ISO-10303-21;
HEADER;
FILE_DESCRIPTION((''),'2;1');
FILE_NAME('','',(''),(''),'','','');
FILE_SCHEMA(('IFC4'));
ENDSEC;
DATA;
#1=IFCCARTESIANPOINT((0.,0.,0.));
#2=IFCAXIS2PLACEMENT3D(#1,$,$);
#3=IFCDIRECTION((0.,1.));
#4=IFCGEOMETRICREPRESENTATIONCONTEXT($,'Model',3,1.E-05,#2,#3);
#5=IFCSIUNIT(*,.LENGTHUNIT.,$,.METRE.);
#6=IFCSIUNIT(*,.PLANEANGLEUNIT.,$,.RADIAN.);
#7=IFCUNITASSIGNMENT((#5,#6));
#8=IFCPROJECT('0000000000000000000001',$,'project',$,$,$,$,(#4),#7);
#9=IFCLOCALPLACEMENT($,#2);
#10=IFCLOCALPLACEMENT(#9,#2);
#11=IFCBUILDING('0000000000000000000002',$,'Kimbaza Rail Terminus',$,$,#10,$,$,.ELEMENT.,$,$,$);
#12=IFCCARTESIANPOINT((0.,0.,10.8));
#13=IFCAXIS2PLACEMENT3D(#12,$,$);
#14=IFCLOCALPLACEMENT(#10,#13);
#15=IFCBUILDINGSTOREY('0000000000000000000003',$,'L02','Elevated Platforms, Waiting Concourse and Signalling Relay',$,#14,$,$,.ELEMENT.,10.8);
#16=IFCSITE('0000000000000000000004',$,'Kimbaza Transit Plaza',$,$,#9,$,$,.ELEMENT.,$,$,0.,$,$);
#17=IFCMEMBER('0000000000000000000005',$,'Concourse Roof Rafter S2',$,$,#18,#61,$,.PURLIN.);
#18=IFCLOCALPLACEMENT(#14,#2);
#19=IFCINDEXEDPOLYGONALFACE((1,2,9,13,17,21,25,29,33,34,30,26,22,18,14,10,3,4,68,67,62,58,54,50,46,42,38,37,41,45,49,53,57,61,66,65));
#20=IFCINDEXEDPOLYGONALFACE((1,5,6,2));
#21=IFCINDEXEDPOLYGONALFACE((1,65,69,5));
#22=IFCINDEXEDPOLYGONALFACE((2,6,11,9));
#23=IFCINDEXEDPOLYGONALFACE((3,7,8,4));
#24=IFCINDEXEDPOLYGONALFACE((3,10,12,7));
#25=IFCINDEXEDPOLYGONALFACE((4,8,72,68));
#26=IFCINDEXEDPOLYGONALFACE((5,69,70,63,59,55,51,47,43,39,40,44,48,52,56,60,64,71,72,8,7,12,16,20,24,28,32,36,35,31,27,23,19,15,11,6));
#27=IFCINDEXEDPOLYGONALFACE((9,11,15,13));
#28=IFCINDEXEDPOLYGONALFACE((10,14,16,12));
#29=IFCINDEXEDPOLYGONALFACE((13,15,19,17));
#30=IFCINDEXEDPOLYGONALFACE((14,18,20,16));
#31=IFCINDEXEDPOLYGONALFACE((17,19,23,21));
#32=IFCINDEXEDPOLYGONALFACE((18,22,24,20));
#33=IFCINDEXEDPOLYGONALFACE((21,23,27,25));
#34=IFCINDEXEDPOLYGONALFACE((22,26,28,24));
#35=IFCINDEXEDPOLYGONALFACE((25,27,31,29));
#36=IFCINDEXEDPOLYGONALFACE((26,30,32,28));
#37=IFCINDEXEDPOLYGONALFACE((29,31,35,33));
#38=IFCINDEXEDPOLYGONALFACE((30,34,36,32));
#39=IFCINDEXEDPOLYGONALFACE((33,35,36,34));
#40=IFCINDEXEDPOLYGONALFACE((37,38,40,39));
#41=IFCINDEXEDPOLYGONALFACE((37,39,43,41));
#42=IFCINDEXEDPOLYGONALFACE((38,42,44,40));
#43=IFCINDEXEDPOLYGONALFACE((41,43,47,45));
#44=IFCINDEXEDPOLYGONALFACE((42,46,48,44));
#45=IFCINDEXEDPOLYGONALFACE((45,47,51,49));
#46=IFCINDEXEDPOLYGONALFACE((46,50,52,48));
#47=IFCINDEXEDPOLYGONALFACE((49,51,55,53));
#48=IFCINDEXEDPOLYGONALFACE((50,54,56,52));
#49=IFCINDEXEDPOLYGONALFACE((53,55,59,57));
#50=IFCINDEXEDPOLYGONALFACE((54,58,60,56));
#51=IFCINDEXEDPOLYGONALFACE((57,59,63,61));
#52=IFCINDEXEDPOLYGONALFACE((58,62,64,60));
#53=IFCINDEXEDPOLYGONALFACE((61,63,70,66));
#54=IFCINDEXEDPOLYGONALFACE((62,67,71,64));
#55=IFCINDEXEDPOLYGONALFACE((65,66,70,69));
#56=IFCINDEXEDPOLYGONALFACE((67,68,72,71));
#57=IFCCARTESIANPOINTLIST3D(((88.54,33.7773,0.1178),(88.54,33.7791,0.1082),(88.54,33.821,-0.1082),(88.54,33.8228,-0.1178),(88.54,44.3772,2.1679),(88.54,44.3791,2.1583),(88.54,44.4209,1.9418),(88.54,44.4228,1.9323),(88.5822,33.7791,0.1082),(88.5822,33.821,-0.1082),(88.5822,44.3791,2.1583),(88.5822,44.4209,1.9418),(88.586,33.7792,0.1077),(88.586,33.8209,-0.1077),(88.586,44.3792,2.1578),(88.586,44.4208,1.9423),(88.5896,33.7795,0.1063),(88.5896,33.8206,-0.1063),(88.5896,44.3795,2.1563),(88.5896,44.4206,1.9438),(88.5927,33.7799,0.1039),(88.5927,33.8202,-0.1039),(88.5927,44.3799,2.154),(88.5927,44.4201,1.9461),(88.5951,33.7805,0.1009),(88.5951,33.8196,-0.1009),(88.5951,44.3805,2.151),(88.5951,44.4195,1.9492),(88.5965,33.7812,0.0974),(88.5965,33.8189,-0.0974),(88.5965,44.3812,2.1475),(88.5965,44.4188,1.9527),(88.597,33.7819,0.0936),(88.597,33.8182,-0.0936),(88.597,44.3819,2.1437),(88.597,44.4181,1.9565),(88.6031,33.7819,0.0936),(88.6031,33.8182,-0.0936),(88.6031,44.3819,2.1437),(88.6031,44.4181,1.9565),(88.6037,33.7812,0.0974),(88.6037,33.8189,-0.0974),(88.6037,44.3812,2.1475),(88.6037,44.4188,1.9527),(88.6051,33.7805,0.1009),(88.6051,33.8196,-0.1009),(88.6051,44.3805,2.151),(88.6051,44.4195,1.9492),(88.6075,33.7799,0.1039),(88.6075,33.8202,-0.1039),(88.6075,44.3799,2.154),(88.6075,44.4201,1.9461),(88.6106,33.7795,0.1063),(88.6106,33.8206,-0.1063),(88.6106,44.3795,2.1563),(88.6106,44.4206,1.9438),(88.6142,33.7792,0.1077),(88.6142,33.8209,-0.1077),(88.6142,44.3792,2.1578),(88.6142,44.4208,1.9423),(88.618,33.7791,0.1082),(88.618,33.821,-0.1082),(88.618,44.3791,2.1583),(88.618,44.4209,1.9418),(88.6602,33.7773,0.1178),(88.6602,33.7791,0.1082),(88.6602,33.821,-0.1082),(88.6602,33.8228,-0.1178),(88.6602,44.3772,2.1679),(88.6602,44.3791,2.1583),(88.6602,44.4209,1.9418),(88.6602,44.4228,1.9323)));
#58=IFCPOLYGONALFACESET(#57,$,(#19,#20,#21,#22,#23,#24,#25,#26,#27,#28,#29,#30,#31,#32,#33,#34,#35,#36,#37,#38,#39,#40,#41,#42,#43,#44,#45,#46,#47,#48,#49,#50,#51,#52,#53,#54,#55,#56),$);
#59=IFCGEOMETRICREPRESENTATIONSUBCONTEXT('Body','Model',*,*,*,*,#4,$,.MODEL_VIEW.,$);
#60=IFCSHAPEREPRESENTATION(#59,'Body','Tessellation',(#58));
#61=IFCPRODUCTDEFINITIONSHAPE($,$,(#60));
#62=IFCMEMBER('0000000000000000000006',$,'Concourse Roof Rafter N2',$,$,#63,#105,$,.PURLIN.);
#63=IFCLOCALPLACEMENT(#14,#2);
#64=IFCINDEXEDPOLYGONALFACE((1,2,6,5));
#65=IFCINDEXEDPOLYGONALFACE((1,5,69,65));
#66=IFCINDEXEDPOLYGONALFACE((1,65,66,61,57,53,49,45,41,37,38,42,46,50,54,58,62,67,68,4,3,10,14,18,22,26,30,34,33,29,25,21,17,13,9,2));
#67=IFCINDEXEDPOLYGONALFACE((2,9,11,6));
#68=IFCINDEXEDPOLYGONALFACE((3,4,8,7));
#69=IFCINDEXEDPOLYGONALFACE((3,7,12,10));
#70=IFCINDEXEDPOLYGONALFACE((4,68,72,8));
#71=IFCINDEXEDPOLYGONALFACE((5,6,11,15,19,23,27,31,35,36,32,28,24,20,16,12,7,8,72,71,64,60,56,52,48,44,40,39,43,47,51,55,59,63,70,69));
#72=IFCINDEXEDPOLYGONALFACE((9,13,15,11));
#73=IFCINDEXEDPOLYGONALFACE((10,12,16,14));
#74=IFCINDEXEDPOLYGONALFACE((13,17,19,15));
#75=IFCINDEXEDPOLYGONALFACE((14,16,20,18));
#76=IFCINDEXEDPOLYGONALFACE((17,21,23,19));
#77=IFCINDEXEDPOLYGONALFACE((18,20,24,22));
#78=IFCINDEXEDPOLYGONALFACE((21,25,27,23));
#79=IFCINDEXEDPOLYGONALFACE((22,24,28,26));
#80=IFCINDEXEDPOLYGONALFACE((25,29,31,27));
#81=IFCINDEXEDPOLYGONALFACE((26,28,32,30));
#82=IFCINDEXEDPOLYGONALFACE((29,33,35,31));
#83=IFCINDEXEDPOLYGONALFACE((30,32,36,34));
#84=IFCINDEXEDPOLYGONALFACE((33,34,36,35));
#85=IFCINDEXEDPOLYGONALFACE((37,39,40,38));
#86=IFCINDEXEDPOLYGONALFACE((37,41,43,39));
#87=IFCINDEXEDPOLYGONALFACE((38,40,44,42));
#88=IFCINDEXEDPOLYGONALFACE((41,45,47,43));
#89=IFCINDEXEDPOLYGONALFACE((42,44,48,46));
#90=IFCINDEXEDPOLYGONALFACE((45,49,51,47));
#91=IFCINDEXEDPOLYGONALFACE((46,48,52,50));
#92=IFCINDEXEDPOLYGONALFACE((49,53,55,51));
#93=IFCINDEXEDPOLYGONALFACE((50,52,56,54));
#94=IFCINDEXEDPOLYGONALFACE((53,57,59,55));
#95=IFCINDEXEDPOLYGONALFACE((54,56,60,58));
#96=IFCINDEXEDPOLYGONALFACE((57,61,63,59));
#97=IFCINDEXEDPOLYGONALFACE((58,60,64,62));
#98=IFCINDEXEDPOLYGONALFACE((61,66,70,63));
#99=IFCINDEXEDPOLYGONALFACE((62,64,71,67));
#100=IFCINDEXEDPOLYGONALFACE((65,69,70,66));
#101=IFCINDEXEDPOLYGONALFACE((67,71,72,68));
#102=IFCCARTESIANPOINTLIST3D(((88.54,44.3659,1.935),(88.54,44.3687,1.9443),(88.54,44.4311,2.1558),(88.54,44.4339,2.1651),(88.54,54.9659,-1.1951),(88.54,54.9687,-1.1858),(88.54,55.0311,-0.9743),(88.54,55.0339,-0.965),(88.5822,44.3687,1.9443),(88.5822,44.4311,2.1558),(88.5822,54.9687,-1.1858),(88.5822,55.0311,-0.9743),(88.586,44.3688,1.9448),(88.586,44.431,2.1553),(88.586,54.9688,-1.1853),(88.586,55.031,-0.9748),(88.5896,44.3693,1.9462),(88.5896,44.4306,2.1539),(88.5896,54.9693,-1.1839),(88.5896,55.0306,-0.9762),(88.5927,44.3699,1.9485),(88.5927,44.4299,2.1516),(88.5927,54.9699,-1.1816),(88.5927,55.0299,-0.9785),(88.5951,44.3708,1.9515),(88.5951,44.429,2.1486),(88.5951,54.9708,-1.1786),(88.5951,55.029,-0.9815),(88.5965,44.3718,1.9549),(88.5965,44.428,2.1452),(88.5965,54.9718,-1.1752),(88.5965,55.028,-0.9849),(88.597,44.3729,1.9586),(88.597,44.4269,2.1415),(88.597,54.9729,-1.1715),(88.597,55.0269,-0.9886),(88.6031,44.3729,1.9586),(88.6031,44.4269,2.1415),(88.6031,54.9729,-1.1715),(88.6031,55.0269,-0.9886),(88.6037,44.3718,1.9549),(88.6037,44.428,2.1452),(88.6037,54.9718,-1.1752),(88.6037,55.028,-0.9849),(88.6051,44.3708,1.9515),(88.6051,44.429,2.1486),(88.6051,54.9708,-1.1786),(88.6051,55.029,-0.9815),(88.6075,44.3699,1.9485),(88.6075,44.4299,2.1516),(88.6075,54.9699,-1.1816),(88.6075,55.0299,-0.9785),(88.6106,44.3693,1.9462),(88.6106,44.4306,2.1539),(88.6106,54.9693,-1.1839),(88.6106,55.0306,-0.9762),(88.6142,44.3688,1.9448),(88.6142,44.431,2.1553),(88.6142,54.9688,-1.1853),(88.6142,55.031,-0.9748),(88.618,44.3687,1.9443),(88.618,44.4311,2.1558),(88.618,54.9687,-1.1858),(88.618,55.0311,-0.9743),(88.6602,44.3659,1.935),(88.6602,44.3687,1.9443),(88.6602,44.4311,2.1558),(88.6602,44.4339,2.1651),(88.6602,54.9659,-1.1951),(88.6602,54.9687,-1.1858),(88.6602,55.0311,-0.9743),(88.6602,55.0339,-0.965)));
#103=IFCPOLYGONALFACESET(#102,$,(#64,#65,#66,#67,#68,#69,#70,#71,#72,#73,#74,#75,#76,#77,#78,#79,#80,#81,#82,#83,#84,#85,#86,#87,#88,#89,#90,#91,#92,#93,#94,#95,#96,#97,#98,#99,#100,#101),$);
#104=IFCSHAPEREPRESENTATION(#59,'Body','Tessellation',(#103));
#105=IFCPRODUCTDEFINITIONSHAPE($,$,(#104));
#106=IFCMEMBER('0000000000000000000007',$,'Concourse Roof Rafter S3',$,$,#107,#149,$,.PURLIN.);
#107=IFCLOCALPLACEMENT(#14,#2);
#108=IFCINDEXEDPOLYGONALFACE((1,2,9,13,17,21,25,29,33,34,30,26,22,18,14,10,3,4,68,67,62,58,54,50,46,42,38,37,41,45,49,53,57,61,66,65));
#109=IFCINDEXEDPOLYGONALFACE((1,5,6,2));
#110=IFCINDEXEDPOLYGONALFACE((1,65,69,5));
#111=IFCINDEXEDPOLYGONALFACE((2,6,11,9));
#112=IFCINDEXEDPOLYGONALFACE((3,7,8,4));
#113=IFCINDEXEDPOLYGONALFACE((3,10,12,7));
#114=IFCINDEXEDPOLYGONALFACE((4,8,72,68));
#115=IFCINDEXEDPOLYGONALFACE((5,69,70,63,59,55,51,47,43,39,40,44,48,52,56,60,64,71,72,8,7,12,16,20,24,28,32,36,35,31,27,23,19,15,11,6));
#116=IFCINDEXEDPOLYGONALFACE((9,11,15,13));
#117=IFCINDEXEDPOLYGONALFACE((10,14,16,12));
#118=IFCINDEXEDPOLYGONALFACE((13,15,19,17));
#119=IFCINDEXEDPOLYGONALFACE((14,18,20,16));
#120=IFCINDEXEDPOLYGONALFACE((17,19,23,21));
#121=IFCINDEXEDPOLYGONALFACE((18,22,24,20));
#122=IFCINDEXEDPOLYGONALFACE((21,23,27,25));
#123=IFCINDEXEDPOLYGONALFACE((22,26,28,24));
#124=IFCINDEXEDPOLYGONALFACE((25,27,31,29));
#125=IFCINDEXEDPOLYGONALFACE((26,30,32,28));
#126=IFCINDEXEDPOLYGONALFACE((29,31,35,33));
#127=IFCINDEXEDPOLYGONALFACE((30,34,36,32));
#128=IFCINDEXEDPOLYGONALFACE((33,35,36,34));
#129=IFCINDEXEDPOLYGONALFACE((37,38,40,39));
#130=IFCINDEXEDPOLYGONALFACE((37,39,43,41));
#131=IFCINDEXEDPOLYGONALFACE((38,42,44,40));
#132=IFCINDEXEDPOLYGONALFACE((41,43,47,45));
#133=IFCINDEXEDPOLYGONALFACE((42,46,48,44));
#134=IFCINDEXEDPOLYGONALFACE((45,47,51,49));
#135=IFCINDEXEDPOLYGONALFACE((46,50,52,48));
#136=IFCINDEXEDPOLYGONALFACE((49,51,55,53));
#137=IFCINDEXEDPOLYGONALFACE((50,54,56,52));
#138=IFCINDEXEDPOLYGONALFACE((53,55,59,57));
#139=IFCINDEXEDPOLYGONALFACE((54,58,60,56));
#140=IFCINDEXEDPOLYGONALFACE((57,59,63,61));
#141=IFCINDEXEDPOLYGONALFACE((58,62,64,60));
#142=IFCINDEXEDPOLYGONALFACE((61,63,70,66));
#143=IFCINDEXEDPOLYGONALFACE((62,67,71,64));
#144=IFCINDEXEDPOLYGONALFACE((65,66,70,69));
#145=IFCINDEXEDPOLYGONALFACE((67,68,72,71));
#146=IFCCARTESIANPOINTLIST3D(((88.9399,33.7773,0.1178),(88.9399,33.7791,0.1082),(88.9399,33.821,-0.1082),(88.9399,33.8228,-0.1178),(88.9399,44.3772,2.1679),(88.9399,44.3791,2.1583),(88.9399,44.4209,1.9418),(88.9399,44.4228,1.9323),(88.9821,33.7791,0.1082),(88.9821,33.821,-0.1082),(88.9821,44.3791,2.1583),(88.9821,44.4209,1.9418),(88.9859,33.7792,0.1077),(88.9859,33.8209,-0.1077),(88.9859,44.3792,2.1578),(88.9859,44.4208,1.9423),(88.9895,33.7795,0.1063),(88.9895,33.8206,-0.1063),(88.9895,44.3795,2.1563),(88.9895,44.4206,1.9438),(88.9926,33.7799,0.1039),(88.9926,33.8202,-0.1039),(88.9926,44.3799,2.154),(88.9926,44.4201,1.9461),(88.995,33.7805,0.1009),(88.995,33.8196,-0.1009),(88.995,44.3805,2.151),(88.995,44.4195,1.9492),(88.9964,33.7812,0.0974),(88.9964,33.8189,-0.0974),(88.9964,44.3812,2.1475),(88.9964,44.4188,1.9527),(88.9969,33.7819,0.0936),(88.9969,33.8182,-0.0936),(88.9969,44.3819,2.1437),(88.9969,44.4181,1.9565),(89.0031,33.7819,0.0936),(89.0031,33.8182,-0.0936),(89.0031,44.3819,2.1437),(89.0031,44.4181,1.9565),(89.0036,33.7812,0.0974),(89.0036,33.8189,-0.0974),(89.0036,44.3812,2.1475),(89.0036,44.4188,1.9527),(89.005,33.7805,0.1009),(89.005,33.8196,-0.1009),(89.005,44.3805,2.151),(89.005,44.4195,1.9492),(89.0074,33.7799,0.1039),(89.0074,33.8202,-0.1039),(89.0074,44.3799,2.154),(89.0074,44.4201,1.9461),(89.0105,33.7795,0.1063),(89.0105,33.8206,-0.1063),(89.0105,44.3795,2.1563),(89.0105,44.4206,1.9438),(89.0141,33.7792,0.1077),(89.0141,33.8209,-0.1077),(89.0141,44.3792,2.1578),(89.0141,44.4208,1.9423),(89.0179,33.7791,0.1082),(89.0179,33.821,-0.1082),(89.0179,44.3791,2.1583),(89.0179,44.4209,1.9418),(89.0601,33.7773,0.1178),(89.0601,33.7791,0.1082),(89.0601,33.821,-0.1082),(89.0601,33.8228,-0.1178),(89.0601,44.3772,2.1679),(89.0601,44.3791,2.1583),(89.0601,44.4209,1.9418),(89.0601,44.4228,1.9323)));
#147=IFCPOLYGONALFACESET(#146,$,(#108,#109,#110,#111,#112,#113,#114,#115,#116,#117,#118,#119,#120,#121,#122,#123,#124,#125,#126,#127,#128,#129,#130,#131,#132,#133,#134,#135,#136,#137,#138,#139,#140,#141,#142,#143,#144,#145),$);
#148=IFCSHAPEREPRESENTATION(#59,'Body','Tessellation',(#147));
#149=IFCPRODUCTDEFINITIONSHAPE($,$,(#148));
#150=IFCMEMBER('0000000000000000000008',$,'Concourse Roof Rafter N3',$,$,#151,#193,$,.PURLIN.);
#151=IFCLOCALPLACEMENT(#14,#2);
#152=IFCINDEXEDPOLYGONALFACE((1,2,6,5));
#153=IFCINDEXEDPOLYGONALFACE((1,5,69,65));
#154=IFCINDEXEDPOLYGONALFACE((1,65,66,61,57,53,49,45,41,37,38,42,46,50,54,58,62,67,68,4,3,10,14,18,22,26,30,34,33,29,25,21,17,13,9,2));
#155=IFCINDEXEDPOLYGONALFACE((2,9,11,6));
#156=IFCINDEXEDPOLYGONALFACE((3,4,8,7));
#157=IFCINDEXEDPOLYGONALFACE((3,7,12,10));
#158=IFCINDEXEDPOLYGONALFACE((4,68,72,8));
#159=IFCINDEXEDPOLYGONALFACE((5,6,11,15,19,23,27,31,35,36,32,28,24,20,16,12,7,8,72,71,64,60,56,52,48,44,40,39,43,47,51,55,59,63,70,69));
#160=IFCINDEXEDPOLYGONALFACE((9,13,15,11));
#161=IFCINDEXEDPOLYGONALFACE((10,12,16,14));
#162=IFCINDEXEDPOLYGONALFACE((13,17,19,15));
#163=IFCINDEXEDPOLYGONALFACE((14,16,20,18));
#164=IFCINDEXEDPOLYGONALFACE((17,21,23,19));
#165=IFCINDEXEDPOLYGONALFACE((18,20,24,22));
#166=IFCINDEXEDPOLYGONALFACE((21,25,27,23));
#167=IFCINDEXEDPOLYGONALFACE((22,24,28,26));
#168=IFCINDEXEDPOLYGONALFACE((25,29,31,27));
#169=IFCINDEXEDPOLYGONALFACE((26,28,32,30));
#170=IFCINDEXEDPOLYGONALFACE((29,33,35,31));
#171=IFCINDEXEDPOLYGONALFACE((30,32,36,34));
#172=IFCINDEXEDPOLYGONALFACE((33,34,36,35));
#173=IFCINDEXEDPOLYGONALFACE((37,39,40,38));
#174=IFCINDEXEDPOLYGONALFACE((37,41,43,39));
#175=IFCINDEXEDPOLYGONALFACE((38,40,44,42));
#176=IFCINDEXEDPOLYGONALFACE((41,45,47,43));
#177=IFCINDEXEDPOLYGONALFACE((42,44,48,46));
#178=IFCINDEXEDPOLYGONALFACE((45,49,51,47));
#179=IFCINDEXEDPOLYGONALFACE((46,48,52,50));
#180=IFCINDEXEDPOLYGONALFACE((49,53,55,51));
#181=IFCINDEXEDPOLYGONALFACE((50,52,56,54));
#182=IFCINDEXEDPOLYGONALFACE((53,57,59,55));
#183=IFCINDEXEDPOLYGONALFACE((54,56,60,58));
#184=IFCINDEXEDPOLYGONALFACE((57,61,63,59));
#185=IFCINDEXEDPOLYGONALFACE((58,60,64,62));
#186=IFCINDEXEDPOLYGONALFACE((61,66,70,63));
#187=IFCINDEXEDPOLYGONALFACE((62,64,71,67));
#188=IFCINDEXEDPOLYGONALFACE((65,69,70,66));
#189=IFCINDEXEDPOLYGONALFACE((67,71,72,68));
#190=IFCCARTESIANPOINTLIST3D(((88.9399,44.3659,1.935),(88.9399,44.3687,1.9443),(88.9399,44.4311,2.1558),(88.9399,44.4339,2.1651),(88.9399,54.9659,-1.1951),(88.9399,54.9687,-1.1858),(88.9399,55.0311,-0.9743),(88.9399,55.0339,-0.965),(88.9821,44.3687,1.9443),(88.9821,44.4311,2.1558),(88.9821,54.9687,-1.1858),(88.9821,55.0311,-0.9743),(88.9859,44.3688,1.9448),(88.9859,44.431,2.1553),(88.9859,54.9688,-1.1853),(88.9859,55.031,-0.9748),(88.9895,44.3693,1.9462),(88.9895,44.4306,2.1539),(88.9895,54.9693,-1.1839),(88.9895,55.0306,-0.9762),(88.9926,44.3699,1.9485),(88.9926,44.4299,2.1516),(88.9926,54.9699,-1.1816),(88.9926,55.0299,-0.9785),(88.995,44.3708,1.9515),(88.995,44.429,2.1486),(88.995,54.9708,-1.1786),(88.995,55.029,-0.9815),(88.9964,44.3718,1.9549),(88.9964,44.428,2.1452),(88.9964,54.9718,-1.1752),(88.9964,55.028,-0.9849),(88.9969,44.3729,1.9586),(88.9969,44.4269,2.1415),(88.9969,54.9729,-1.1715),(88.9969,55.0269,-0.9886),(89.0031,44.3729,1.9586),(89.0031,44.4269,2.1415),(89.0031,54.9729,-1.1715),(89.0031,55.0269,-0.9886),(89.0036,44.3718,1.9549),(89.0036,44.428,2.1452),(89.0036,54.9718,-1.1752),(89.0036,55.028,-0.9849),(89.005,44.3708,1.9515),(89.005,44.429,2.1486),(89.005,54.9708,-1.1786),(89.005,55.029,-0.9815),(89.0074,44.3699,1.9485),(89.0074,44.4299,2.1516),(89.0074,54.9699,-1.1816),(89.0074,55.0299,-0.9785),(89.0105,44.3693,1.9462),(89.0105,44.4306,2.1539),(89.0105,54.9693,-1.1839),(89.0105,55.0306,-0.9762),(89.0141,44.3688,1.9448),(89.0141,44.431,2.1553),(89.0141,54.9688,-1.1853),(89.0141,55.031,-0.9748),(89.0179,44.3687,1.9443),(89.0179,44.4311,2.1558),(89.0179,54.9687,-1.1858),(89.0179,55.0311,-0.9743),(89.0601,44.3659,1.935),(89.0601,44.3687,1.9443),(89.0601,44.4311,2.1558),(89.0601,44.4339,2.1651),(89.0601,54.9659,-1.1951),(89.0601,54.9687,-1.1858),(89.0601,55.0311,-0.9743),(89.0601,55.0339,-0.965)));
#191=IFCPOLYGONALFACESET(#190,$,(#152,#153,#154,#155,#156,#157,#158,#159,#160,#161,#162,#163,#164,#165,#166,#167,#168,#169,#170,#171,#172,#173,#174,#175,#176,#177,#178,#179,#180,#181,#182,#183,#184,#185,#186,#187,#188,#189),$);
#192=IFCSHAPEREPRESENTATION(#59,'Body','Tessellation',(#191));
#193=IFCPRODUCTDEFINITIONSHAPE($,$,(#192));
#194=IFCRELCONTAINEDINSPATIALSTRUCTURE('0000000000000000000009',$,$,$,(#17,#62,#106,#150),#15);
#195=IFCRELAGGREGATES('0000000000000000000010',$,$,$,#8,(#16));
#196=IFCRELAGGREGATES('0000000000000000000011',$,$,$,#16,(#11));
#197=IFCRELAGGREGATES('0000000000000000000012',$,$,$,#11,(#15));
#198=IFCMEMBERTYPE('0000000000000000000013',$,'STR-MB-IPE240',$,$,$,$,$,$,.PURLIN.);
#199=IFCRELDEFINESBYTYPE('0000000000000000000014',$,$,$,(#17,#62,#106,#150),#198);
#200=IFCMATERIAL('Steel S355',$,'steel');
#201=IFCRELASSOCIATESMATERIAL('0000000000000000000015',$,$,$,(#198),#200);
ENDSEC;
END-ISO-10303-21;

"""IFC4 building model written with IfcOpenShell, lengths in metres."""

from ifc_helpers import new_model, si_unit, direction, frame, origin, origin_2d, place, context, subcontext, project, spatial, i_section, extrude, material, material_profile, profile_set, type_object, element, save


model = new_model("IFC4")

# Units and contexts
model_context = context("Model", 3, precision=1e-05, world=origin(), true_north=direction((0.0, 1.0)))
body_context = subcontext(model_context, "Body", "Model", "MODEL_VIEW")
ifc_project = project(units=[si_unit("LENGTHUNIT", "METRE"), si_unit("PLANEANGLEUNIT", "RADIAN")], contexts=[model_context])

# Site, building, storey
site_placement = place(None, origin())
site = spatial("IfcSite", under=ifc_project, at=site_placement, Name="Kimbaza Transit Plaza", CompositionType="ELEMENT", RefElevation=0.0)
building_placement = place(site_placement, origin())
building = spatial("IfcBuilding", under=site, at=building_placement, Name="Kimbaza Rail Terminus", CompositionType="ELEMENT")
storey_placement = place(building_placement, frame((0.0, 0.0, 10.8)))
storey = spatial("IfcBuildingStorey", under=building, at=storey_placement, Name="L02", Description="Elevated Platforms, Waiting Concourse and Signalling Relay", CompositionType="ELEMENT", Elevation=10.8)

# Members
ifc_material_1 = material(Name="Steel S355", Category="steel")
ifc_material_profile_1 = material_profile(ifc_material_1, i_section(OverallWidth=0.1201, OverallDepth=0.24, WebThickness=0.0061, FlangeThickness=0.0098, FilletRadius=0.0149, at=origin_2d()), Name="IPE 240")
ifc_profile_set_1 = profile_set([ifc_material_profile_1], Name="Steel S355")
member_type_1 = type_object("IfcMemberType", Name="STR-MB-IPE240", PredefinedType="PURLIN", material=ifc_profile_set_1)
member_1_placement = place(storey_placement, frame((88.6001, 33.8, 0.0), z_axis=(0.0, 0.981806, 0.189885), x_axis=(-1.0, 0.0, 0.0)))
element("IfcMember", 1, at=member_1_placement, inside=storey, type_object=member_type_1, Name="Concourse Roof Rafter S2", PredefinedType="PURLIN", context=body_context, shape_type="SweptSolid", body=[
    extrude(i_section(OverallWidth=0.1201, OverallDepth=0.24, WebThickness=0.0061, FlangeThickness=0.0098, FilletRadius=0.0149, at=origin_2d()), origin(), (0.0, 0.0, 1.0), 10.7964),
])
member_2_placement = place(storey_placement, frame((88.6001, 44.3999, 2.05), z_axis=(0.0, 0.95906, -0.283203), x_axis=(-1.0, 0.0, 0.0)))
element("IfcMember", 2, at=member_2_placement, inside=storey, type_object=member_type_1, Name="Concourse Roof Rafter N2", PredefinedType="PURLIN", context=body_context, shape_type="SweptSolid", body=[
    extrude(i_section(OverallWidth=0.1201, OverallDepth=0.24, WebThickness=0.0061, FlangeThickness=0.0098, FilletRadius=0.0149, at=origin_2d()), origin(), (0.0, 0.0, 1.0), 11.0525),
])
member_3_placement = place(storey_placement, frame((89.0, 33.8, 0.0), z_axis=(0.0, 0.981806, 0.189885), x_axis=(-1.0, 0.0, 0.0)))
element("IfcMember", 3, at=member_3_placement, inside=storey, type_object=member_type_1, Name="Concourse Roof Rafter S3", PredefinedType="PURLIN", context=body_context, shape_type="SweptSolid", body=[
    extrude(i_section(OverallWidth=0.1201, OverallDepth=0.24, WebThickness=0.0061, FlangeThickness=0.0098, FilletRadius=0.0149, at=origin_2d()), origin(), (0.0, 0.0, 1.0), 10.7964),
])
member_4_placement = place(storey_placement, frame((89.0, 44.3999, 2.05), z_axis=(0.0, 0.95906, -0.283203), x_axis=(-1.0, 0.0, 0.0)))
element("IfcMember", 4, at=member_4_placement, inside=storey, type_object=member_type_1, Name="Concourse Roof Rafter N3", PredefinedType="PURLIN", context=body_context, shape_type="SweptSolid", body=[
    extrude(i_section(OverallWidth=0.1201, OverallDepth=0.24, WebThickness=0.0061, FlangeThickness=0.0098, FilletRadius=0.0149, at=origin_2d()), origin(), (0.0, 0.0, 1.0), 11.0525),
])

save(model, "model.ifc")
